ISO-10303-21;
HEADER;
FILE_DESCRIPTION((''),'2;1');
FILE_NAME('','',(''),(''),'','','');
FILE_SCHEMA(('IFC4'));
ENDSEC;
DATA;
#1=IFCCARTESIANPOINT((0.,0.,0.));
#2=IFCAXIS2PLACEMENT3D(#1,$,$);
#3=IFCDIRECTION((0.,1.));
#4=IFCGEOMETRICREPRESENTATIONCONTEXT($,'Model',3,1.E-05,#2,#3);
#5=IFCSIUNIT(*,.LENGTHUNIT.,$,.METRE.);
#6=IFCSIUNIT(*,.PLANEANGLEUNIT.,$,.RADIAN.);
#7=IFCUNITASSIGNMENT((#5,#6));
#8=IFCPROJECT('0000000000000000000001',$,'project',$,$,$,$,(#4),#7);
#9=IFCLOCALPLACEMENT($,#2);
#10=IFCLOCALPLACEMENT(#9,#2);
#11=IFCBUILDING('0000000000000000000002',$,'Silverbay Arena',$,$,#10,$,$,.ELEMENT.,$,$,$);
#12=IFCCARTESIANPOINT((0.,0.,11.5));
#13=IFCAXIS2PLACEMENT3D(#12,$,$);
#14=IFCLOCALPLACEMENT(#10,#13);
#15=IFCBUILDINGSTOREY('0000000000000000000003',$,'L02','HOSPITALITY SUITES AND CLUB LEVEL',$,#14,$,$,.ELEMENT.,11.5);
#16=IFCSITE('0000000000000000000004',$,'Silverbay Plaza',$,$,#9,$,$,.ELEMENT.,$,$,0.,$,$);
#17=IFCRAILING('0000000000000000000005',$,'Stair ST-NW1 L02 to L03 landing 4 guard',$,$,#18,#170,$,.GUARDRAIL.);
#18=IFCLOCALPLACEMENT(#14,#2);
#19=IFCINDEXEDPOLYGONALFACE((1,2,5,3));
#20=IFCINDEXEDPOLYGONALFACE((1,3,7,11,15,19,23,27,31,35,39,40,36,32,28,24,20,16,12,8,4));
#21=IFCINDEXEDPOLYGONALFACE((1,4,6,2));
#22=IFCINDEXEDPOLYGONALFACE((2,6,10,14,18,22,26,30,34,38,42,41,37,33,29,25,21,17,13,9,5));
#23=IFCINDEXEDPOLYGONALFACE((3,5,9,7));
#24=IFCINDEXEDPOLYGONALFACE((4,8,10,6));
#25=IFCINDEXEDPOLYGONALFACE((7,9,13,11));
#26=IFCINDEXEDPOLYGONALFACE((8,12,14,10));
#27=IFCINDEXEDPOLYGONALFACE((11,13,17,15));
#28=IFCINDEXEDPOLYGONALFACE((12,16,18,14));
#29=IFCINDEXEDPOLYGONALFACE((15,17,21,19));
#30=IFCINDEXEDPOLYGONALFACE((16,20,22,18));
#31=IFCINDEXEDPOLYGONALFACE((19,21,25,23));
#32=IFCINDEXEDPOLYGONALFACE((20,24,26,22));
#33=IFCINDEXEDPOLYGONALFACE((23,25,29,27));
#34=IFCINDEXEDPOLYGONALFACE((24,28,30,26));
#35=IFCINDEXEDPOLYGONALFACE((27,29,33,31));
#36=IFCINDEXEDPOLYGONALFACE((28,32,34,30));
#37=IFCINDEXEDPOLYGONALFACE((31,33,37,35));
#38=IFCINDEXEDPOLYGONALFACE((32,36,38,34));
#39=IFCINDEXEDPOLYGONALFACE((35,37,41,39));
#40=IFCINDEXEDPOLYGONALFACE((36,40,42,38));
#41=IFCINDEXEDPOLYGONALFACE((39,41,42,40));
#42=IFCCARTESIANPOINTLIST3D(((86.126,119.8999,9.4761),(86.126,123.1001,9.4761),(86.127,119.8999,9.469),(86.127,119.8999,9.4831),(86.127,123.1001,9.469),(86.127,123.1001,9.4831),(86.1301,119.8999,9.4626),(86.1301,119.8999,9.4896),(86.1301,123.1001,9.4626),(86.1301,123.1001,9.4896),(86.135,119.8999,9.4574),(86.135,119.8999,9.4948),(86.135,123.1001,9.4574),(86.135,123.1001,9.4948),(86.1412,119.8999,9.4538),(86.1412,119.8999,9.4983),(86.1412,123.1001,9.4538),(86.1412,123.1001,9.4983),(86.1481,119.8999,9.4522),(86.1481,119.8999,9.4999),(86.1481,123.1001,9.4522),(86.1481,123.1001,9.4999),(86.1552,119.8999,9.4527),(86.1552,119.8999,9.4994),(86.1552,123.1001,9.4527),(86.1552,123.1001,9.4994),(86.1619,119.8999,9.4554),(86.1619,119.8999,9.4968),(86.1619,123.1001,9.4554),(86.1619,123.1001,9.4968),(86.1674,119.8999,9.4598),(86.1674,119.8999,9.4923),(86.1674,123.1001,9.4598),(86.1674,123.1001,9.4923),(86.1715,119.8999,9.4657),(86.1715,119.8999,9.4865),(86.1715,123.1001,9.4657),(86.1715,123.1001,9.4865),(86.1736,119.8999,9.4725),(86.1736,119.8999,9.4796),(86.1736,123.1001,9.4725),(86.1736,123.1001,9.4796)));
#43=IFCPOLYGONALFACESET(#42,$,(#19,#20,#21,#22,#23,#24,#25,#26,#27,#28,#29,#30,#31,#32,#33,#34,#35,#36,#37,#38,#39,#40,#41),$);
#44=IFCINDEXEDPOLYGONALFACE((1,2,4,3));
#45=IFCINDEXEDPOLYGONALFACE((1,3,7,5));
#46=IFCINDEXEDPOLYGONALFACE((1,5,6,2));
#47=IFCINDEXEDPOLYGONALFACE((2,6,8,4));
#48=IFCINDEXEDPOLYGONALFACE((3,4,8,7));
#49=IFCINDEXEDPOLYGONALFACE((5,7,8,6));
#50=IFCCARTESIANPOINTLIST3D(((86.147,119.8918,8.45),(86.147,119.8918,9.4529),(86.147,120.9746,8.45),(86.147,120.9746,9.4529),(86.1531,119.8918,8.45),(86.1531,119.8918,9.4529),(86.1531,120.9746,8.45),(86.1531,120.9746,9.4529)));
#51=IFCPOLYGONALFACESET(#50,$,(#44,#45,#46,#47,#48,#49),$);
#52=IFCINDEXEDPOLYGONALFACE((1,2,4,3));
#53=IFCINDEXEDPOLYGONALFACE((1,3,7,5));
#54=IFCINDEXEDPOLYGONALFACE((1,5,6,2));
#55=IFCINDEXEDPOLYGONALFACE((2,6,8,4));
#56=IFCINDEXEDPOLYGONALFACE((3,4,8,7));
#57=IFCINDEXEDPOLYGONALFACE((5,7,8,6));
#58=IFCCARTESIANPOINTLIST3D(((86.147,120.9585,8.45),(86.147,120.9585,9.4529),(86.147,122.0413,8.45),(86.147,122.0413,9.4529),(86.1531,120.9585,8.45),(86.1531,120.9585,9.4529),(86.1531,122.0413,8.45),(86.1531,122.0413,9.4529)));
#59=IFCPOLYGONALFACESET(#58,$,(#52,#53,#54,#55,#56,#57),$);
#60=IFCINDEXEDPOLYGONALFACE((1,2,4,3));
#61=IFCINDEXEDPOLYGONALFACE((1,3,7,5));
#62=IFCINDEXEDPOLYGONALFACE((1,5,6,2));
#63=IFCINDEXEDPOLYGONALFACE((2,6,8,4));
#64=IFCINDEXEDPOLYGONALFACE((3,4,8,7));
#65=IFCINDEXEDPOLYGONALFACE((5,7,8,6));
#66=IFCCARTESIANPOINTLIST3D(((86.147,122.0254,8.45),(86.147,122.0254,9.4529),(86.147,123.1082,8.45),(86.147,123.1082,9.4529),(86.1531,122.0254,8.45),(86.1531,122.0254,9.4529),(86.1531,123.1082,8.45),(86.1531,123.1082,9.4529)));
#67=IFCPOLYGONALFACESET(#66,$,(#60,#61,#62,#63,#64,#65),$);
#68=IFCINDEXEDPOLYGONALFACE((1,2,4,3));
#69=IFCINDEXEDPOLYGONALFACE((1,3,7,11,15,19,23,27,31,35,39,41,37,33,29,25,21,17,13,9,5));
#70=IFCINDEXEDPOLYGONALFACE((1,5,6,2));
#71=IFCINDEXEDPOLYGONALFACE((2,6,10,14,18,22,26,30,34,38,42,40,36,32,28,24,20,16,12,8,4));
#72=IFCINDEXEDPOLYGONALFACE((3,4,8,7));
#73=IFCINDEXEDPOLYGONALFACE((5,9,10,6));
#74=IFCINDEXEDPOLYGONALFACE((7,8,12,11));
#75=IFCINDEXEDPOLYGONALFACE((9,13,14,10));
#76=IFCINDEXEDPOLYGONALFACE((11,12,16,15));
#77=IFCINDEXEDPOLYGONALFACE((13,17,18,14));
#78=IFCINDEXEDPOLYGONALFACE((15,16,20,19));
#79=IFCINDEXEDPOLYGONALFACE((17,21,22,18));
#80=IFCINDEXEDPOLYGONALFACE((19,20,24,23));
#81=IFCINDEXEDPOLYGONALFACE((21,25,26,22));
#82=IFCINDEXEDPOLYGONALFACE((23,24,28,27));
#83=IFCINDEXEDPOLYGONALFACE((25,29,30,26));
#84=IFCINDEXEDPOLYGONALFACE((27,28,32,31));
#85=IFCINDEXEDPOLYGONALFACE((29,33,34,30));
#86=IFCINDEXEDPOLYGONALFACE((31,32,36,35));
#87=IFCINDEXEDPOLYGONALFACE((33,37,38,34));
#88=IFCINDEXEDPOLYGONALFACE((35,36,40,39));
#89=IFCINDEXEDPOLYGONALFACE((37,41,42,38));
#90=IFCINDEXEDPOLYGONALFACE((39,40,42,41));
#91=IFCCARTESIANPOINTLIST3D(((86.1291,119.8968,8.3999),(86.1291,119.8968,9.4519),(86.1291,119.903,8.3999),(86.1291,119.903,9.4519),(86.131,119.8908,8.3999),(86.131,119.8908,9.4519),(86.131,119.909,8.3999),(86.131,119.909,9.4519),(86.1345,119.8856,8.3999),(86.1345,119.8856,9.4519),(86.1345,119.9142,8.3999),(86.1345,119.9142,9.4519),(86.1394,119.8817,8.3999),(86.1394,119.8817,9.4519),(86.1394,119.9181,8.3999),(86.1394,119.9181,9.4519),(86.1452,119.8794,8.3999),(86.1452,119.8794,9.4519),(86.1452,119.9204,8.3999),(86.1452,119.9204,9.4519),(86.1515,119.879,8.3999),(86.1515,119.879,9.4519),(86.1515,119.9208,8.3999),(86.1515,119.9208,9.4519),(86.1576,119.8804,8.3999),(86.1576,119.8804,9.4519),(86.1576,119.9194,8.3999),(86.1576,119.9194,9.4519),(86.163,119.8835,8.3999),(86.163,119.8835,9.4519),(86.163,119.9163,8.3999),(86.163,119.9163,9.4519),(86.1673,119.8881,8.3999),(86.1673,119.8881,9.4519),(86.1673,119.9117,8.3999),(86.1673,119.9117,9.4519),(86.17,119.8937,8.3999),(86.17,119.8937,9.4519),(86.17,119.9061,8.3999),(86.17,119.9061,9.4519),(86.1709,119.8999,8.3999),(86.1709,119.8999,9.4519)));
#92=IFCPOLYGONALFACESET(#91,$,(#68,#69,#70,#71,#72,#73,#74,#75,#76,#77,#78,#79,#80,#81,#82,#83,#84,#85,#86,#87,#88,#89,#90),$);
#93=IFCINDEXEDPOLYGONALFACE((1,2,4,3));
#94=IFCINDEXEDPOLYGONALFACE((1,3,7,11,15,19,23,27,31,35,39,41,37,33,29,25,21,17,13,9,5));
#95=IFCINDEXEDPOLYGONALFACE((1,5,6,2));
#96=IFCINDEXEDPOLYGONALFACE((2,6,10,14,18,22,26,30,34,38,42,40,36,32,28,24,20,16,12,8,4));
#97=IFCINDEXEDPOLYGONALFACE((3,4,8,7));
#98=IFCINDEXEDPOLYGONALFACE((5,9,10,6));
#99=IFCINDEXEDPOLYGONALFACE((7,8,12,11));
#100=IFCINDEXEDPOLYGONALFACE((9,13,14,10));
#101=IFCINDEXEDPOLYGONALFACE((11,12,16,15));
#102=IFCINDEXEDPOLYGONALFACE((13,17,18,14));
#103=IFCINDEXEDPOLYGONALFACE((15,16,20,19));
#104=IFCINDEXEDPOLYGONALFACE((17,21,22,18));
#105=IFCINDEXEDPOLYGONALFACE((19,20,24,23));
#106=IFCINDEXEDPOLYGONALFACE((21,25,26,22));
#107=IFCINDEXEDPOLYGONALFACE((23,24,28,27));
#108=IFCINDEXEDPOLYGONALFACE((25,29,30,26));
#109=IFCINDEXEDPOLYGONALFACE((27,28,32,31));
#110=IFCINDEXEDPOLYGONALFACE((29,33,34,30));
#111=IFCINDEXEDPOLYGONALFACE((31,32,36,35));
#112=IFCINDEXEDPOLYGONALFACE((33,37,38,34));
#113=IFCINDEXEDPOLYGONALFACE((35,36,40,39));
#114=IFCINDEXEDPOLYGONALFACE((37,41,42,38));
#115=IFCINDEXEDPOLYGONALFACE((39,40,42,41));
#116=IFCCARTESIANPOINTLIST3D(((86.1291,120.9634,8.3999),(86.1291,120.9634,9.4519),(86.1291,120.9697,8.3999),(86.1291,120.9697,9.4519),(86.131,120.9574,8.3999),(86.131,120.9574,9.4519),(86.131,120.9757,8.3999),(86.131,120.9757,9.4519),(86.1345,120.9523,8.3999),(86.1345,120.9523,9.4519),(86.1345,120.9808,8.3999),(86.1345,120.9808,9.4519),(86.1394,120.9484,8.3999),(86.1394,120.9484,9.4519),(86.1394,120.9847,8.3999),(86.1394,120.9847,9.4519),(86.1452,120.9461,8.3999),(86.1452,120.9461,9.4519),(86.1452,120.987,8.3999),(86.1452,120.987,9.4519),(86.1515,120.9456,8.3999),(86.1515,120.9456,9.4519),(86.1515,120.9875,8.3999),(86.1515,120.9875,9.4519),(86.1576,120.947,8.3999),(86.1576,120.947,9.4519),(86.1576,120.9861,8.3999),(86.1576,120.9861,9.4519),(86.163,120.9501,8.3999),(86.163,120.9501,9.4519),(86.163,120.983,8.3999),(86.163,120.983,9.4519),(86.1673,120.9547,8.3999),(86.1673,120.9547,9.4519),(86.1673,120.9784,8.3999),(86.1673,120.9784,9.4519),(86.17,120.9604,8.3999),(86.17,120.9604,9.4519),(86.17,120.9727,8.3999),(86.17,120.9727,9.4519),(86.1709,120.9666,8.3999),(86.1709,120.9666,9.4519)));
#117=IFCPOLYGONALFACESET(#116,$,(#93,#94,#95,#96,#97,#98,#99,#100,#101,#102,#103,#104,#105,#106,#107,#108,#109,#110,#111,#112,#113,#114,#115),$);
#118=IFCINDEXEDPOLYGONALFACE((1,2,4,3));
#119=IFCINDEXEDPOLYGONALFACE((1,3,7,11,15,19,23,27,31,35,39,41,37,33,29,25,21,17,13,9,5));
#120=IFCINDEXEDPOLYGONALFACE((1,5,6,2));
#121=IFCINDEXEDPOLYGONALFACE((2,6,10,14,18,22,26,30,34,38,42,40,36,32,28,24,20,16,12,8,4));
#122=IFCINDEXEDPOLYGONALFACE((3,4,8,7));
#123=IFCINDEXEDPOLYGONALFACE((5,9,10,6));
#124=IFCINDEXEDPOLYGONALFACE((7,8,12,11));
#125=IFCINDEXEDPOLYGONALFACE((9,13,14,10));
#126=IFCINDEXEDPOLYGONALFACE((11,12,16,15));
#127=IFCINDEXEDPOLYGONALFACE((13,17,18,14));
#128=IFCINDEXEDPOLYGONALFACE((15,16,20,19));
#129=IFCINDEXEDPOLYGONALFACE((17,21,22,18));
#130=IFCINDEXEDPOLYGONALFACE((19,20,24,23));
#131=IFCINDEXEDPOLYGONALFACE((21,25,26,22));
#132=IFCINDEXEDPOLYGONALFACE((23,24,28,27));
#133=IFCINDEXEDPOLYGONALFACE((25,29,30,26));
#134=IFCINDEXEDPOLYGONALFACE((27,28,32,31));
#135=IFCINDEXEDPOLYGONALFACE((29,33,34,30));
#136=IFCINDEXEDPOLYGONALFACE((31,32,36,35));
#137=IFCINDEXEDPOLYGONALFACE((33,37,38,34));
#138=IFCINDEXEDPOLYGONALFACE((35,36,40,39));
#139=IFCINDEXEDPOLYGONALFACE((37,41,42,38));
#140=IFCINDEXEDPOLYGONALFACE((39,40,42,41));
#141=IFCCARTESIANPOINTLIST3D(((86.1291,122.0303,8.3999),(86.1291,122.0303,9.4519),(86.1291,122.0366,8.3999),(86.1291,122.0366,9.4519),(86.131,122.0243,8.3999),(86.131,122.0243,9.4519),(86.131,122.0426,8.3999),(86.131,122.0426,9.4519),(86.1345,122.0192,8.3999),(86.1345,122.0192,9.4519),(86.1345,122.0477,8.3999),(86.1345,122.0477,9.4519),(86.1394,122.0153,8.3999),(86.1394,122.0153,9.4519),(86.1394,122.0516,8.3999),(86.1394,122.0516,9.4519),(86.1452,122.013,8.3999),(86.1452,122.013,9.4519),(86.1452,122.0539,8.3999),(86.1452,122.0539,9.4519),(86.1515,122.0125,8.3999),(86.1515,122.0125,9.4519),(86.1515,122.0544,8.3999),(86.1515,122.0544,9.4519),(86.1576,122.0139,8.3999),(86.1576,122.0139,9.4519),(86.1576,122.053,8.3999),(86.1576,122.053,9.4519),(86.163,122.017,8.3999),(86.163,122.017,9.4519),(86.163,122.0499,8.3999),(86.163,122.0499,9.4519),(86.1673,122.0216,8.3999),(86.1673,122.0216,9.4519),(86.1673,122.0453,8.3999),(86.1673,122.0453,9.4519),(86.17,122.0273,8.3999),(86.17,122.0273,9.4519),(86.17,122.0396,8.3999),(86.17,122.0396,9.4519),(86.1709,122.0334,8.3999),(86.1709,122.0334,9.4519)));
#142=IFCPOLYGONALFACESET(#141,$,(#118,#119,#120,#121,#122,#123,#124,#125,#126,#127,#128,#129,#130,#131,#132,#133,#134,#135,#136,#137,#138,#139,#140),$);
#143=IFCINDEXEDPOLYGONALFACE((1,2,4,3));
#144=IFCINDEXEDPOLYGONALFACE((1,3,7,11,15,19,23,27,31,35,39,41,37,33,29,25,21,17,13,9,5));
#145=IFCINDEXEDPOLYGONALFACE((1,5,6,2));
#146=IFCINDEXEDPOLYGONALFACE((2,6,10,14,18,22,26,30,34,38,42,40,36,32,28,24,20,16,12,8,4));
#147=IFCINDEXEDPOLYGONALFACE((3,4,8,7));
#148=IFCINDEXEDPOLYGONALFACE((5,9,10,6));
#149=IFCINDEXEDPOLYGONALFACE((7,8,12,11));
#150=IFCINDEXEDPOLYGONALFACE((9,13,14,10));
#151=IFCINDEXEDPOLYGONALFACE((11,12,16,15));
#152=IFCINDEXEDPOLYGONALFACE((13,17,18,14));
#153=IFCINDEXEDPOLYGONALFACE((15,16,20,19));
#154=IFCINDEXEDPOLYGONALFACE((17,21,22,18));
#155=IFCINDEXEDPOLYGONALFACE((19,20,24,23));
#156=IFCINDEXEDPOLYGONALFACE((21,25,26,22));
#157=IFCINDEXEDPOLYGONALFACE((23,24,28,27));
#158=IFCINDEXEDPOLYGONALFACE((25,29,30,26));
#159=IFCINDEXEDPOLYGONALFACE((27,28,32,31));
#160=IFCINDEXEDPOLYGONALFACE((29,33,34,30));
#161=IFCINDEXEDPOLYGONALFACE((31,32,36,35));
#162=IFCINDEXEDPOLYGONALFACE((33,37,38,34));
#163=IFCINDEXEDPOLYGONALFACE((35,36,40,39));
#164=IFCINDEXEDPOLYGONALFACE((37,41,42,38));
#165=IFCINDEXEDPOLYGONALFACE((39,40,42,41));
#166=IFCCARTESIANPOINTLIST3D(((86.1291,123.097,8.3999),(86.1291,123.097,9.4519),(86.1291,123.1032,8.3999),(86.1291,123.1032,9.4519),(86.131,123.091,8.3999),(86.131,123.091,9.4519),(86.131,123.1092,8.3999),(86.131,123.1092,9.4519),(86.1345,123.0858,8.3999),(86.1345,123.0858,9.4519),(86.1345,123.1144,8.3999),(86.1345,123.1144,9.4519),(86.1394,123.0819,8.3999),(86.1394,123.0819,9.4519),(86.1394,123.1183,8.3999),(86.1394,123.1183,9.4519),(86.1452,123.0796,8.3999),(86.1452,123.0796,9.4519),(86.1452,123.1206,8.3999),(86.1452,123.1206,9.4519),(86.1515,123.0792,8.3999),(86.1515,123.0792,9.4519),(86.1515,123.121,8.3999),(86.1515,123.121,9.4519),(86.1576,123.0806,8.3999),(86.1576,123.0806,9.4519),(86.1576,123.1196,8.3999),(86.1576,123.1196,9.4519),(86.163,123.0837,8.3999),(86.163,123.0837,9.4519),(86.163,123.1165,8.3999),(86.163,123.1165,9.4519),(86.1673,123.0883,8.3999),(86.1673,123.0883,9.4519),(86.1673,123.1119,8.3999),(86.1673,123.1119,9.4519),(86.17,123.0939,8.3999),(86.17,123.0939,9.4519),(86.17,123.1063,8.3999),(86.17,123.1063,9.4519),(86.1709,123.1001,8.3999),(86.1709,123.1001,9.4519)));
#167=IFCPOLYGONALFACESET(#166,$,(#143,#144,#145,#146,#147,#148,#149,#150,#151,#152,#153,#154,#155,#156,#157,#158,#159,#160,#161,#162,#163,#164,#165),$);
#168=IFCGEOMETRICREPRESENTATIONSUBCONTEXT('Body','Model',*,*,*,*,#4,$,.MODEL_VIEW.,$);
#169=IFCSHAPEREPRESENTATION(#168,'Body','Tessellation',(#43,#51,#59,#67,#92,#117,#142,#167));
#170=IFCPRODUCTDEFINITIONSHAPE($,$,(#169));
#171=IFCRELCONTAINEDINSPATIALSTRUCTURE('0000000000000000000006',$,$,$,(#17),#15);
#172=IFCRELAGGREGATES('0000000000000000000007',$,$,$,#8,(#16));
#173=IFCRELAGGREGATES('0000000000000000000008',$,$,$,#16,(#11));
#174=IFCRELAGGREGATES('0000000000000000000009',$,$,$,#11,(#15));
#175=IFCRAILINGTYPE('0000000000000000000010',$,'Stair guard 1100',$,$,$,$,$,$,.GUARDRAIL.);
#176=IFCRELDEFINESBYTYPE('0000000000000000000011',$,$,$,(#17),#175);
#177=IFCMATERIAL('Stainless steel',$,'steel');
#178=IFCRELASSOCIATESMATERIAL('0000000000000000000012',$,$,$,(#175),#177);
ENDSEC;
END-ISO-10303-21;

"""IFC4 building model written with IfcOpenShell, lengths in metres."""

from ifc_helpers import new_model, si_unit, direction, frame, origin, origin_2d, place, context, subcontext, project, spatial, polyline, circle, outline, extrude, material, type_object, element, save


model = new_model("IFC4")

# Units and contexts
model_context = context("Model", 3, precision=1e-05, world=origin(), true_north=direction((0.0, 1.0)))
body_context = subcontext(model_context, "Body", "Model", "MODEL_VIEW")
ifc_project = project(units=[si_unit("LENGTHUNIT", "METRE"), si_unit("PLANEANGLEUNIT", "RADIAN")], contexts=[model_context])

# Site, building, storey
site_placement = place(None, origin())
site = spatial("IfcSite", under=ifc_project, at=site_placement, Name="Silverbay Plaza", CompositionType="ELEMENT", RefElevation=0.0)
building_placement = place(site_placement, origin())
building = spatial("IfcBuilding", under=site, at=building_placement, Name="Silverbay Arena", CompositionType="ELEMENT")
storey_placement = place(building_placement, frame((0.0, 0.0, 11.5)))
storey = spatial("IfcBuildingStorey", under=building, at=storey_placement, Name="L02", Description="HOSPITALITY SUITES AND CLUB LEVEL", CompositionType="ELEMENT", Elevation=11.5)

# Railing
ifc_material_1 = material(Name="Stainless steel", Category="steel")
railing_type_1 = type_object("IfcRailingType", Name="Stair guard 1100", PredefinedType="GUARDRAIL", material=ifc_material_1)
for number, where, name in (
    (1, (86.1499, 119.8999, 8.3999), "Stair ST-NW1 L02 to L03 landing 4 guard"),
):
    element("IfcRailing", number, at=place(storey_placement, frame(where)), inside=storey, type_object=railing_type_1, Name=name, PredefinedType="GUARDRAIL", context=body_context, shape_type="SweptSolid", body=[
        extrude(circle(Radius=0.0239, at=origin_2d()), frame((0.0, 0.0, 1.0762), z_axis=(0.0, 1.0, 0.0), x_axis=(-1.0, 0.0, 0.0)), (0.0, 0.0, 1.0), 3.2002),
        extrude(outline(polyline([(-0.0081, 0.05), (1.0747, 0.05), (1.0747, 1.053), (-0.0081, 1.053), (-0.0081, 0.05)])), frame((-0.0029, 0.0, 0.0), z_axis=(1.0, 0.0, 0.0), x_axis=(0.0, 1.0, 0.0)), (0.0, 0.0, 1.0), 0.0061),
        extrude(outline(polyline([(-0.0081, 0.05), (1.0747, 0.05), (1.0747, 1.053), (-0.0081, 1.053), (-0.0081, 0.05)])), frame((-0.0029, 1.0667, 0.0), z_axis=(1.0, 0.0, 0.0), x_axis=(0.0, 1.0, 0.0)), (0.0, 0.0, 1.0), 0.0061),
        extrude(outline(polyline([(-0.0081, 0.05), (1.0747, 0.05), (1.0747, 1.053), (-0.0081, 1.053), (-0.0081, 0.05)])), frame((-0.0029, 2.1335, 0.0), z_axis=(1.0, 0.0, 0.0), x_axis=(0.0, 1.0, 0.0)), (0.0, 0.0, 1.0), 0.0061),
        extrude(circle(Radius=0.021, at=origin_2d()), origin(), (0.0, 0.0, 1.0), 1.052),
        extrude(circle(Radius=0.021, at=origin_2d()), frame((0.0, 1.0667, 0.0)), (0.0, 0.0, 1.0), 1.052),
        extrude(circle(Radius=0.021, at=origin_2d()), frame((0.0, 2.1335, 0.0)), (0.0, 0.0, 1.0), 1.052),
        extrude(circle(Radius=0.021, at=origin_2d()), frame((0.0, 3.2002, 0.0)), (0.0, 0.0, 1.0), 1.052),
    ])

save(model, "model.ifc")
